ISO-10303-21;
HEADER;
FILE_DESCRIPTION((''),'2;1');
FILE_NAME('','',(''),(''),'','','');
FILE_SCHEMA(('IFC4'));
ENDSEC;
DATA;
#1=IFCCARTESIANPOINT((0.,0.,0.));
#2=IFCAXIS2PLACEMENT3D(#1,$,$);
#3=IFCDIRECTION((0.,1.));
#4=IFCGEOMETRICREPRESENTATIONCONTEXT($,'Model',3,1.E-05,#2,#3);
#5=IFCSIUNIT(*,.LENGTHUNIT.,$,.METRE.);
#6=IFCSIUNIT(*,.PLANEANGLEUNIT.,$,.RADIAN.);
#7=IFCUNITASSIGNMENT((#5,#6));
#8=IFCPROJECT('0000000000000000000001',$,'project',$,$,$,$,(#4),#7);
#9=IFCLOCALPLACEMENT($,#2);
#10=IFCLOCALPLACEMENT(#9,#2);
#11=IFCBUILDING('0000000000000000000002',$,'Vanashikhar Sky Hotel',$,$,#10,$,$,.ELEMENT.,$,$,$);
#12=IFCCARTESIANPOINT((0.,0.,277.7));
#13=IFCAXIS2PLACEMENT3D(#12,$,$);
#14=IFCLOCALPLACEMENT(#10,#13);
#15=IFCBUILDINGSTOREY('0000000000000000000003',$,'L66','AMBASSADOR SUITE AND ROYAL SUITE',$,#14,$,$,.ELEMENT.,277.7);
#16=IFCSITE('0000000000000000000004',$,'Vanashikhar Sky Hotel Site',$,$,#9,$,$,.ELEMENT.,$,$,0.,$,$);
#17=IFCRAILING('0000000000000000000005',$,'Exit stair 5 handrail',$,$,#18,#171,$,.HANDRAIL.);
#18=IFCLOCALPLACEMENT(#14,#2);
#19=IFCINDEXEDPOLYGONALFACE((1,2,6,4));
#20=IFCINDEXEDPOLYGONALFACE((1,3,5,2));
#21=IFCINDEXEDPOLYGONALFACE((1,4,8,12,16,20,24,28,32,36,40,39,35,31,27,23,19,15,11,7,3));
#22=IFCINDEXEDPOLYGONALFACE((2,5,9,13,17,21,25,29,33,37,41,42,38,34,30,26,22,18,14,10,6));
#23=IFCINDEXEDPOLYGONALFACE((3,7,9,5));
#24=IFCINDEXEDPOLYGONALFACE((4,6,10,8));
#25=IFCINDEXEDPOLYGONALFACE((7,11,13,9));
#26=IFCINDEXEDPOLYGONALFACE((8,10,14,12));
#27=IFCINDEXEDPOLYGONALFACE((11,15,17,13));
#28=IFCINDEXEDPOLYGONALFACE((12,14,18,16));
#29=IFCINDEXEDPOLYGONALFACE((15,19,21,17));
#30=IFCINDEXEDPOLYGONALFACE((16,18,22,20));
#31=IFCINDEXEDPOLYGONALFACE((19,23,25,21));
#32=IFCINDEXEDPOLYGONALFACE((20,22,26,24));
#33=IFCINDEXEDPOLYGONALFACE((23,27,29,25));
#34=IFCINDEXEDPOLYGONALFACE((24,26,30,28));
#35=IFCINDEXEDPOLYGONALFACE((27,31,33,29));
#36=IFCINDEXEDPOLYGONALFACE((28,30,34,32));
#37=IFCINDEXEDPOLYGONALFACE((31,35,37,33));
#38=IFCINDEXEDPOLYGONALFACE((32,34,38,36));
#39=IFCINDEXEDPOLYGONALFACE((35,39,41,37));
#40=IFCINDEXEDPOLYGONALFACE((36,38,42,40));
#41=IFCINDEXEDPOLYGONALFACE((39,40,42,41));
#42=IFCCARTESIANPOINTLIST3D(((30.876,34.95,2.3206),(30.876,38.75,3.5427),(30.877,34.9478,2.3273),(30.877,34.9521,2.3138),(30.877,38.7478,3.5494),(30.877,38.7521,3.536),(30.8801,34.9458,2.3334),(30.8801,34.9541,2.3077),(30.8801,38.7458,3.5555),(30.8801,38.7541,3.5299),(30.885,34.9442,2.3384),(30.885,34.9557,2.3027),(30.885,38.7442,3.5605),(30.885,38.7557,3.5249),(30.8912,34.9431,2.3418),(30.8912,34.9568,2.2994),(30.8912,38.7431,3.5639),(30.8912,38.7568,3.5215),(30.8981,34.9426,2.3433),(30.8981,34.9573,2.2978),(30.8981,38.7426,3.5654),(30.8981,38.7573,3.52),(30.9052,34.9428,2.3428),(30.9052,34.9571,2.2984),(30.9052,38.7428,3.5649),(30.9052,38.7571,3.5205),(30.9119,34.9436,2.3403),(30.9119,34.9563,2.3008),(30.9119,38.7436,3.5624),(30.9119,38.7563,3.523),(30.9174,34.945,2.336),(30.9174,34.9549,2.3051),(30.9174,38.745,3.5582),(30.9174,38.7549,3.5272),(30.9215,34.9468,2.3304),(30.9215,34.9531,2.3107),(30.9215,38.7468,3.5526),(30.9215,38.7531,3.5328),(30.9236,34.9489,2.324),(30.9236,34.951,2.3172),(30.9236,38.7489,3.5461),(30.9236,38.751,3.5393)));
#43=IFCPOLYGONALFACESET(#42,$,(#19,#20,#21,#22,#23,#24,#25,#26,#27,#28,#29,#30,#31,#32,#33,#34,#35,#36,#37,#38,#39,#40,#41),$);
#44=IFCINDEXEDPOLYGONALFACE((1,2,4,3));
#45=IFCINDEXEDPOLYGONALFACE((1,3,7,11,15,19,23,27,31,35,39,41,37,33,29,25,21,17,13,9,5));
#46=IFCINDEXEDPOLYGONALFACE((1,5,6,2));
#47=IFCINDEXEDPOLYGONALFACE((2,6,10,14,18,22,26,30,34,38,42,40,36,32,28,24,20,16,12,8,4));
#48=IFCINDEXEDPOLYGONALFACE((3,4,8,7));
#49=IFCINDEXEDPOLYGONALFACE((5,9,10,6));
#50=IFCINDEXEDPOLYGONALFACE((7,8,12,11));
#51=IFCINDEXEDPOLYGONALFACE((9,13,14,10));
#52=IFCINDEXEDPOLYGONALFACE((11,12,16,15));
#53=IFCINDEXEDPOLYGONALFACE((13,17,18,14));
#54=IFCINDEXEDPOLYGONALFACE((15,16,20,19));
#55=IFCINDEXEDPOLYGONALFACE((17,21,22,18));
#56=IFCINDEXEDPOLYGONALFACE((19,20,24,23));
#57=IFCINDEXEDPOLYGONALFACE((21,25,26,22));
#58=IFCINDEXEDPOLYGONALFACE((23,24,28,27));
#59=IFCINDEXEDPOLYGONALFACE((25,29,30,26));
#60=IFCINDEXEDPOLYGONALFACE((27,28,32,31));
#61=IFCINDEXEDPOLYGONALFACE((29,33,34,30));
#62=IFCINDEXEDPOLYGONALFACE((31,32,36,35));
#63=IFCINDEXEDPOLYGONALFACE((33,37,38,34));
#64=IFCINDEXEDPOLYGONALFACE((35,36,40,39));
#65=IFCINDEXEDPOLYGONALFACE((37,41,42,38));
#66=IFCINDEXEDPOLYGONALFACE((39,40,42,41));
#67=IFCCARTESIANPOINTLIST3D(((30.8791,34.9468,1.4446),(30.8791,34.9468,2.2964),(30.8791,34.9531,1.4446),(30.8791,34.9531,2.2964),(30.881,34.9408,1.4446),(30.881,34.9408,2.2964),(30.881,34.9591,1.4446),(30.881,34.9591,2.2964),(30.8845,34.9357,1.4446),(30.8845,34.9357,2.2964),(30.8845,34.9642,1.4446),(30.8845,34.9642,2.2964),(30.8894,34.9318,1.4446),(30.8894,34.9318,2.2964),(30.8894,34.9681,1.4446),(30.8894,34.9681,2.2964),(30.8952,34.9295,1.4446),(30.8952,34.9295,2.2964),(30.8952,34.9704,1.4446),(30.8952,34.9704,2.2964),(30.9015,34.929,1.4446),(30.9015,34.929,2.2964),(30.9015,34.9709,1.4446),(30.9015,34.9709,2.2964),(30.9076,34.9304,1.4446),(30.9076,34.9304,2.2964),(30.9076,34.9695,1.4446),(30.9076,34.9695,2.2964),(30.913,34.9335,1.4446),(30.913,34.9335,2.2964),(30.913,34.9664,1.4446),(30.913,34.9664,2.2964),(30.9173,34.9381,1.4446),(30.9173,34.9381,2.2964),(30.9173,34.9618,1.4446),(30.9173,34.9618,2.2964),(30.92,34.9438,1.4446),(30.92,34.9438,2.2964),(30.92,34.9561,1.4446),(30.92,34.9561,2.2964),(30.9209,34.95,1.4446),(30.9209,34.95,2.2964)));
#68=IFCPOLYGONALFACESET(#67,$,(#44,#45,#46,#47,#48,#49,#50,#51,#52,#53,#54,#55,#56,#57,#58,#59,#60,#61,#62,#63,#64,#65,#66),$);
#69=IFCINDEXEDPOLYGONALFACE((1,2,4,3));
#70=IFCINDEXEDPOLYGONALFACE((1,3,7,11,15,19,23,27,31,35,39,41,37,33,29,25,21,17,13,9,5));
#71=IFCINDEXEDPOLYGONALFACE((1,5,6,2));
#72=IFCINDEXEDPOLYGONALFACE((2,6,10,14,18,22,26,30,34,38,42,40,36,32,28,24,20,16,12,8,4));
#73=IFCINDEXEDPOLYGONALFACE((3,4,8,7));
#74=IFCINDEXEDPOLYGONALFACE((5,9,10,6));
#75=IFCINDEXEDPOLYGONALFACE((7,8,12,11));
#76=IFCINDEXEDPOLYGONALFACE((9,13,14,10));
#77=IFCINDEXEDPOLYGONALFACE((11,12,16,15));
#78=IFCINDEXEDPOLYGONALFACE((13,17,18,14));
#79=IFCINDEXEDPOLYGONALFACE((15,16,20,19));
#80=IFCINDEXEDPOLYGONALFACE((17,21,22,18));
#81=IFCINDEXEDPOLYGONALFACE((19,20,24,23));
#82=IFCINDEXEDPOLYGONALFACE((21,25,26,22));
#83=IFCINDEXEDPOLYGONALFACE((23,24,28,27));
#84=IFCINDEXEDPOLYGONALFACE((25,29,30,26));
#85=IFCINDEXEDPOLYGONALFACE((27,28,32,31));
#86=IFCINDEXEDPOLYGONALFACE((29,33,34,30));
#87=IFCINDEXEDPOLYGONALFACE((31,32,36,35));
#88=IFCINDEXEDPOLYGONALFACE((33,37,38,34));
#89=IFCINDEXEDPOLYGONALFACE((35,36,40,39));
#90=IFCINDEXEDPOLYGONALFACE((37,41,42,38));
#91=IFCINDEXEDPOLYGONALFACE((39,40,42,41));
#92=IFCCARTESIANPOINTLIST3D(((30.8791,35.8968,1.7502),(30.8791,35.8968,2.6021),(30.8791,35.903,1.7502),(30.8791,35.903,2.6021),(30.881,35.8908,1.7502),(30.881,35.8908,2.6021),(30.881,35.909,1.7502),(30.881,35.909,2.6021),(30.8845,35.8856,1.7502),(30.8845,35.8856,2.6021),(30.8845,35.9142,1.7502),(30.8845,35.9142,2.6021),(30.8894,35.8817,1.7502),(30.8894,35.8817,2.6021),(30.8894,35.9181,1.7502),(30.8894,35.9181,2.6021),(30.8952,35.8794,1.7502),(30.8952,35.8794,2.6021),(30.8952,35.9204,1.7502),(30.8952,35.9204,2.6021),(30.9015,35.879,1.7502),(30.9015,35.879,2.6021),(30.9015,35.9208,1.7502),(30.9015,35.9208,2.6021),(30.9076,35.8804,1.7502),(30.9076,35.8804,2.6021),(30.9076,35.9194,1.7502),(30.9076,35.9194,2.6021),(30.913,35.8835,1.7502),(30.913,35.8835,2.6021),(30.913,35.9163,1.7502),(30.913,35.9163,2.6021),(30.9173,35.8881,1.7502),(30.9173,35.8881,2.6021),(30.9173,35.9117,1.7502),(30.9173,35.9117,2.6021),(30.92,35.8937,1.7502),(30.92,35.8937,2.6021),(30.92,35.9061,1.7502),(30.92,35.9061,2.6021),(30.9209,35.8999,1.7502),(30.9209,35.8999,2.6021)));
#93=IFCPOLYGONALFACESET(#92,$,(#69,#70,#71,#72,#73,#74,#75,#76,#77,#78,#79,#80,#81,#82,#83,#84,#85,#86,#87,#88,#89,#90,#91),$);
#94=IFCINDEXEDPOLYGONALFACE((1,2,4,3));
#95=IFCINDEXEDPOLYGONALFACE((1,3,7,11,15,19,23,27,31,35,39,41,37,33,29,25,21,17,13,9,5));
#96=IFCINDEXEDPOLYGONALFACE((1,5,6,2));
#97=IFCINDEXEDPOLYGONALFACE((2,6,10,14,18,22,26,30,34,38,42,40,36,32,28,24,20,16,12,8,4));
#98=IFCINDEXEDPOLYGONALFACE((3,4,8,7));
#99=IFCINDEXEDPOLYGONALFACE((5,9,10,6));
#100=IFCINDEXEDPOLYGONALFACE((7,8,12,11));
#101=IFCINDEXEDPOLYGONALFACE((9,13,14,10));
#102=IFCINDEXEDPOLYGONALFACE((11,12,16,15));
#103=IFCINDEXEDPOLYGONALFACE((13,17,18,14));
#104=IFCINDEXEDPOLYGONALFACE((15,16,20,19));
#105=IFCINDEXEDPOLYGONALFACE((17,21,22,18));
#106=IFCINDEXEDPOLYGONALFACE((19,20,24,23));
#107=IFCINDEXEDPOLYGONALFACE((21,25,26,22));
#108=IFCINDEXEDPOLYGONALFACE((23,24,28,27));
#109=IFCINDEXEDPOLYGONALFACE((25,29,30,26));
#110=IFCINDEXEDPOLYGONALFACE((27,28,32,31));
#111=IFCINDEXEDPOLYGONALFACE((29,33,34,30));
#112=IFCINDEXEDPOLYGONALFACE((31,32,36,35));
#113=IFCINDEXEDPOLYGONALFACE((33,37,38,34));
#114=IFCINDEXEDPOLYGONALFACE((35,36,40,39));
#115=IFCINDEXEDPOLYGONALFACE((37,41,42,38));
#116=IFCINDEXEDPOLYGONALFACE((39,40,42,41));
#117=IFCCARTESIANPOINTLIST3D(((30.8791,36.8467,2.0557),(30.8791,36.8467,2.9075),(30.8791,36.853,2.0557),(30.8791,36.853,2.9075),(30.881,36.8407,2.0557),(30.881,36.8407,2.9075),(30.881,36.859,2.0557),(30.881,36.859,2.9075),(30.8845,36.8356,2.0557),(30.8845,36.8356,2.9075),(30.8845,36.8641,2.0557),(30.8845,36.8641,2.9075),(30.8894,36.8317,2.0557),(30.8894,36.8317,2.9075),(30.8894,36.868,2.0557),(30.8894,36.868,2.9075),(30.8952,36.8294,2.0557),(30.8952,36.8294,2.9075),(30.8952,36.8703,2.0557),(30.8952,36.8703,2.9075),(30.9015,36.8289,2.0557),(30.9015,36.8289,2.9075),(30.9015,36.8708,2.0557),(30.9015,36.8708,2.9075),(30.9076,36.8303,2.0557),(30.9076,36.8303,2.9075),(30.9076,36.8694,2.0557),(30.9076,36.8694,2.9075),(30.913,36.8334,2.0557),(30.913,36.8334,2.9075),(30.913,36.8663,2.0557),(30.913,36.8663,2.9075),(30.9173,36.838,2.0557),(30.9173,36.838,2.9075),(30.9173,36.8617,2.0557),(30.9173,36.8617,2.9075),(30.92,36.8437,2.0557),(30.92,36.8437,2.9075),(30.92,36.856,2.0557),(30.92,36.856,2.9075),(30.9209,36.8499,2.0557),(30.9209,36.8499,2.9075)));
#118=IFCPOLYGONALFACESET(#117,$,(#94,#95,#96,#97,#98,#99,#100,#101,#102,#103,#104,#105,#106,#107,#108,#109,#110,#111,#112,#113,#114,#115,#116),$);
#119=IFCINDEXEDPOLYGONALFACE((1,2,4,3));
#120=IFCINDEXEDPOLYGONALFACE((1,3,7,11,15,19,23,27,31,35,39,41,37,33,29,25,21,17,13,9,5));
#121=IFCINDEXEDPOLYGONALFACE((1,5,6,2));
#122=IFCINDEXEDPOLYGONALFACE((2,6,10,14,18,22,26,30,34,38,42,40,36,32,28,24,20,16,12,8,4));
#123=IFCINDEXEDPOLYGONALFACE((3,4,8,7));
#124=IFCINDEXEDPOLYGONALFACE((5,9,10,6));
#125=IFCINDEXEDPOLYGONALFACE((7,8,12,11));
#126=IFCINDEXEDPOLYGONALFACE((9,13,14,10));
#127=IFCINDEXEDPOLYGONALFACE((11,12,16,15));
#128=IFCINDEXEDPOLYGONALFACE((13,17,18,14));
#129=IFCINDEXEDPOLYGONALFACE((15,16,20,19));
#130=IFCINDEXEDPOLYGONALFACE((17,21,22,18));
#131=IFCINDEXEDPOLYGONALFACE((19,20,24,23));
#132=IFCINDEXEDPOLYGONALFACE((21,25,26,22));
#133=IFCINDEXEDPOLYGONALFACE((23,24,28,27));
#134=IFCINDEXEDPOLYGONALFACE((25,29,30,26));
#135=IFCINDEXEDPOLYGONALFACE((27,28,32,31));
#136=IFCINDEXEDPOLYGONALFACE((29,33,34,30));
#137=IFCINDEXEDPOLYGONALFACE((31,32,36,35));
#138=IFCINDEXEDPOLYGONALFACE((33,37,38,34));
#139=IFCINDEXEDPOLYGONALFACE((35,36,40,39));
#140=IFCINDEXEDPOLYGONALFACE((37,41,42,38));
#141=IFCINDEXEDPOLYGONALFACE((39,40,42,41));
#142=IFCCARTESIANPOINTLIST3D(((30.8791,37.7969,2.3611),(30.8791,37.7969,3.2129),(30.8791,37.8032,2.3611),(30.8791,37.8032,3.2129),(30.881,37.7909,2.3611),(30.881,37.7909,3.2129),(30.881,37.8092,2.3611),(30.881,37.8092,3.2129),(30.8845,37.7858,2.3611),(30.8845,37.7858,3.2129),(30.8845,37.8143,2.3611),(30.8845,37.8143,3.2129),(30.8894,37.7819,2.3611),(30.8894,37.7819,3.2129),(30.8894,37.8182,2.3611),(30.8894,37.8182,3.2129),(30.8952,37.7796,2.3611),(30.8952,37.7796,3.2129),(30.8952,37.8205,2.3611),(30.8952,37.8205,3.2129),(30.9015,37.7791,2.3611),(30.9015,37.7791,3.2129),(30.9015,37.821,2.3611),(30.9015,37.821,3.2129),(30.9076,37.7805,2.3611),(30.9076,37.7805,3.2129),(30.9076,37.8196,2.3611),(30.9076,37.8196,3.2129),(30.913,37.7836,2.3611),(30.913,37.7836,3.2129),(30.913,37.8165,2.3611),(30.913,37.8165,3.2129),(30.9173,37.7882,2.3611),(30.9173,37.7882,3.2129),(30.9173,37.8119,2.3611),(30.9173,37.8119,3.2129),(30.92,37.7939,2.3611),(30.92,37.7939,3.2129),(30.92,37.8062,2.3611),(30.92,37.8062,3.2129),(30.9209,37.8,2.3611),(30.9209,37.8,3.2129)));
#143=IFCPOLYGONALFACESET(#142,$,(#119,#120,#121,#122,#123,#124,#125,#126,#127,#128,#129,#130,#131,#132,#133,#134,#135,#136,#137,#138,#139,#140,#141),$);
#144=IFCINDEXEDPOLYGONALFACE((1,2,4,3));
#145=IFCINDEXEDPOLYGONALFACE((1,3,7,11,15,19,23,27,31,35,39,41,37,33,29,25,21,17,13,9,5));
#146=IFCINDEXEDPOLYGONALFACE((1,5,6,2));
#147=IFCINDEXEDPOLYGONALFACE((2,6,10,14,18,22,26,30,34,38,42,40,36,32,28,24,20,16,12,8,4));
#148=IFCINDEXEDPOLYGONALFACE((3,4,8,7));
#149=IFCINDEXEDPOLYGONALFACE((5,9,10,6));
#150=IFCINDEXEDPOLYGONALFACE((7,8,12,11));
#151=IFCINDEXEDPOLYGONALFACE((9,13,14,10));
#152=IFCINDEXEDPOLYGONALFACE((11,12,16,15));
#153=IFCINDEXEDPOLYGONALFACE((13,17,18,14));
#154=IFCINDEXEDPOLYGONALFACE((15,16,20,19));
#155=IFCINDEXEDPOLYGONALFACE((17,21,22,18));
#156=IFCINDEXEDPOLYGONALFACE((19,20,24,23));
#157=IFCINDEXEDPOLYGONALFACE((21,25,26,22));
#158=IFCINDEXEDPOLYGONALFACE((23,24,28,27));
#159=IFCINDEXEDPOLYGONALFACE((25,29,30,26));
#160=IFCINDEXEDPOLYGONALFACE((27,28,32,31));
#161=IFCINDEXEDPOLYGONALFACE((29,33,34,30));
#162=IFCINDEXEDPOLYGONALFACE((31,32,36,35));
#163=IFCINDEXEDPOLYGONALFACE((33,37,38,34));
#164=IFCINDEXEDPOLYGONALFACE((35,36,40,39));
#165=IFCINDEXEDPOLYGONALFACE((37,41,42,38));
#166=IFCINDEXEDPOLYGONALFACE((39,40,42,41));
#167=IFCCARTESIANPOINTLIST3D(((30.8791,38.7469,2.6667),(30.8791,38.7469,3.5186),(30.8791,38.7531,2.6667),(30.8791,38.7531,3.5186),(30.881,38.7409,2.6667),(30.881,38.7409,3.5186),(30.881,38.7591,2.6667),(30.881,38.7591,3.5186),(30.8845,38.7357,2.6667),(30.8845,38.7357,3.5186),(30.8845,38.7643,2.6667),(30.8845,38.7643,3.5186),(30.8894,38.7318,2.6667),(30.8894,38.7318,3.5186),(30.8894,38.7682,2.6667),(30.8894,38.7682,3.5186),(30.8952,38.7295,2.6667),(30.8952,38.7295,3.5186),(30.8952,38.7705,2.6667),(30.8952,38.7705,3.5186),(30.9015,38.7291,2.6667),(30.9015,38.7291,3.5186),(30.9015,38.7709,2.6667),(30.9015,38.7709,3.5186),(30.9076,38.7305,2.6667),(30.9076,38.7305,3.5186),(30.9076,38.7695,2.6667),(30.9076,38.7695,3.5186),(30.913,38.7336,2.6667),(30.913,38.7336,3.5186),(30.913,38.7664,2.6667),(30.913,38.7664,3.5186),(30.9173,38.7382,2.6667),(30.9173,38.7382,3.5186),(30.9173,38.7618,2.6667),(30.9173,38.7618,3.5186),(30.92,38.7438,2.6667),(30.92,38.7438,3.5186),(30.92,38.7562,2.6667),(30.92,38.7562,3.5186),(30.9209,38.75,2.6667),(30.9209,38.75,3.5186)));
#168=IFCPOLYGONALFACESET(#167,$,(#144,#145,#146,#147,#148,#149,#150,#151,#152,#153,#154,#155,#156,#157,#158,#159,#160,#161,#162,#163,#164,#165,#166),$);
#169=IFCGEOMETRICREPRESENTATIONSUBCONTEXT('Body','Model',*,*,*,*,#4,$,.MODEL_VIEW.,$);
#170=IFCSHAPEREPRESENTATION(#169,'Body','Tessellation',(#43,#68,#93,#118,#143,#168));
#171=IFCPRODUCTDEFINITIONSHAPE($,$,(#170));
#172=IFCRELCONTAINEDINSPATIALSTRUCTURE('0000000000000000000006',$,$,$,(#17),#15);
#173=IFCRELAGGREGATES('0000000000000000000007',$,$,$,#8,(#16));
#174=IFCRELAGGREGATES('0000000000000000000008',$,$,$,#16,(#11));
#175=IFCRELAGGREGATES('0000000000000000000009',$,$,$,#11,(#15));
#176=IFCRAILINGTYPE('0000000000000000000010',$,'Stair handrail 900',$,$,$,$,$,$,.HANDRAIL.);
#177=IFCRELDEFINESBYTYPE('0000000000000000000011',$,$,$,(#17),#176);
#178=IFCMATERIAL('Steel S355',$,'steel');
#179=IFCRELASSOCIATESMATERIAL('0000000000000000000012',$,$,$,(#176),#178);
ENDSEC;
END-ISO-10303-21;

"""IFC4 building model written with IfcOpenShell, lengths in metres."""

from ifc_helpers import new_model, si_unit, direction, frame, origin, origin_2d, place, context, subcontext, project, spatial, circle, extrude, source, transform, mapped, material, type_object, element, save


model = new_model("IFC4")

# Units and contexts
model_context = context("Model", 3, precision=1e-05, world=origin(), true_north=direction((0.0, 1.0)))
body_context = subcontext(model_context, "Body", "Model", "MODEL_VIEW")
ifc_project = project(units=[si_unit("LENGTHUNIT", "METRE"), si_unit("PLANEANGLEUNIT", "RADIAN")], contexts=[model_context])

# Site, building, storey
site_placement = place(None, origin())
site = spatial("IfcSite", under=ifc_project, at=site_placement, Name="Vanashikhar Sky Hotel Site", CompositionType="ELEMENT", RefElevation=0.0)
building_placement = place(site_placement, origin())
building = spatial("IfcBuilding", under=site, at=building_placement, Name="Vanashikhar Sky Hotel", CompositionType="ELEMENT")
storey_placement = place(building_placement, frame((0.0, 0.0, 277.7)))
storey = spatial("IfcBuildingStorey", under=building, at=storey_placement, Name="L66", Description="AMBASSADOR SUITE AND ROYAL SUITE", CompositionType="ELEMENT", Elevation=277.7)

# Railing
ifc_material_1 = material(Name="Steel S355", Category="steel")
railing_type_1 = type_object("IfcRailingType", Name="Stair handrail 900", PredefinedType="HANDRAIL", material=ifc_material_1)
shared_shape_1 = source(origin(), body_context, "Body", "SweptSolid", [
    extrude(circle(Radius=0.0239, at=origin_2d()), frame((0.0, 0.0, 0.876), z_axis=(0.0, 0.951976, 0.306173), x_axis=(-1.0, 0.0, 0.0)), (0.0, 0.0, 1.0), 3.9917),
    extrude(circle(Radius=0.021, at=origin_2d()), origin(), (0.0, 0.0, 1.0), 0.8518),
    extrude(circle(Radius=0.021, at=origin_2d()), frame((0.0, 0.95, 0.3057)), (0.0, 0.0, 1.0), 0.8518),
    extrude(circle(Radius=0.021, at=origin_2d()), frame((0.0, 1.8999, 0.6111)), (0.0, 0.0, 1.0), 0.8518),
    extrude(circle(Radius=0.021, at=origin_2d()), frame((0.0, 2.8501, 0.9165)), (0.0, 0.0, 1.0), 0.8518),
    extrude(circle(Radius=0.021, at=origin_2d()), frame((0.0, 3.8, 1.2222)), (0.0, 0.0, 1.0), 0.8518),
])
railing_1_placement = place(storey_placement, frame((30.8999, 34.95, 1.4446)))
element("IfcRailing", 1, at=railing_1_placement, inside=storey, type_object=railing_type_1, Name="Exit stair 5 handrail", PredefinedType="HANDRAIL", context=body_context, shape_type="MappedRepresentation", body=[
    mapped(shared_shape_1, transform((0.0, 0.0, 0.0), scale=1.0)),
])

save(model, "model.ifc")
